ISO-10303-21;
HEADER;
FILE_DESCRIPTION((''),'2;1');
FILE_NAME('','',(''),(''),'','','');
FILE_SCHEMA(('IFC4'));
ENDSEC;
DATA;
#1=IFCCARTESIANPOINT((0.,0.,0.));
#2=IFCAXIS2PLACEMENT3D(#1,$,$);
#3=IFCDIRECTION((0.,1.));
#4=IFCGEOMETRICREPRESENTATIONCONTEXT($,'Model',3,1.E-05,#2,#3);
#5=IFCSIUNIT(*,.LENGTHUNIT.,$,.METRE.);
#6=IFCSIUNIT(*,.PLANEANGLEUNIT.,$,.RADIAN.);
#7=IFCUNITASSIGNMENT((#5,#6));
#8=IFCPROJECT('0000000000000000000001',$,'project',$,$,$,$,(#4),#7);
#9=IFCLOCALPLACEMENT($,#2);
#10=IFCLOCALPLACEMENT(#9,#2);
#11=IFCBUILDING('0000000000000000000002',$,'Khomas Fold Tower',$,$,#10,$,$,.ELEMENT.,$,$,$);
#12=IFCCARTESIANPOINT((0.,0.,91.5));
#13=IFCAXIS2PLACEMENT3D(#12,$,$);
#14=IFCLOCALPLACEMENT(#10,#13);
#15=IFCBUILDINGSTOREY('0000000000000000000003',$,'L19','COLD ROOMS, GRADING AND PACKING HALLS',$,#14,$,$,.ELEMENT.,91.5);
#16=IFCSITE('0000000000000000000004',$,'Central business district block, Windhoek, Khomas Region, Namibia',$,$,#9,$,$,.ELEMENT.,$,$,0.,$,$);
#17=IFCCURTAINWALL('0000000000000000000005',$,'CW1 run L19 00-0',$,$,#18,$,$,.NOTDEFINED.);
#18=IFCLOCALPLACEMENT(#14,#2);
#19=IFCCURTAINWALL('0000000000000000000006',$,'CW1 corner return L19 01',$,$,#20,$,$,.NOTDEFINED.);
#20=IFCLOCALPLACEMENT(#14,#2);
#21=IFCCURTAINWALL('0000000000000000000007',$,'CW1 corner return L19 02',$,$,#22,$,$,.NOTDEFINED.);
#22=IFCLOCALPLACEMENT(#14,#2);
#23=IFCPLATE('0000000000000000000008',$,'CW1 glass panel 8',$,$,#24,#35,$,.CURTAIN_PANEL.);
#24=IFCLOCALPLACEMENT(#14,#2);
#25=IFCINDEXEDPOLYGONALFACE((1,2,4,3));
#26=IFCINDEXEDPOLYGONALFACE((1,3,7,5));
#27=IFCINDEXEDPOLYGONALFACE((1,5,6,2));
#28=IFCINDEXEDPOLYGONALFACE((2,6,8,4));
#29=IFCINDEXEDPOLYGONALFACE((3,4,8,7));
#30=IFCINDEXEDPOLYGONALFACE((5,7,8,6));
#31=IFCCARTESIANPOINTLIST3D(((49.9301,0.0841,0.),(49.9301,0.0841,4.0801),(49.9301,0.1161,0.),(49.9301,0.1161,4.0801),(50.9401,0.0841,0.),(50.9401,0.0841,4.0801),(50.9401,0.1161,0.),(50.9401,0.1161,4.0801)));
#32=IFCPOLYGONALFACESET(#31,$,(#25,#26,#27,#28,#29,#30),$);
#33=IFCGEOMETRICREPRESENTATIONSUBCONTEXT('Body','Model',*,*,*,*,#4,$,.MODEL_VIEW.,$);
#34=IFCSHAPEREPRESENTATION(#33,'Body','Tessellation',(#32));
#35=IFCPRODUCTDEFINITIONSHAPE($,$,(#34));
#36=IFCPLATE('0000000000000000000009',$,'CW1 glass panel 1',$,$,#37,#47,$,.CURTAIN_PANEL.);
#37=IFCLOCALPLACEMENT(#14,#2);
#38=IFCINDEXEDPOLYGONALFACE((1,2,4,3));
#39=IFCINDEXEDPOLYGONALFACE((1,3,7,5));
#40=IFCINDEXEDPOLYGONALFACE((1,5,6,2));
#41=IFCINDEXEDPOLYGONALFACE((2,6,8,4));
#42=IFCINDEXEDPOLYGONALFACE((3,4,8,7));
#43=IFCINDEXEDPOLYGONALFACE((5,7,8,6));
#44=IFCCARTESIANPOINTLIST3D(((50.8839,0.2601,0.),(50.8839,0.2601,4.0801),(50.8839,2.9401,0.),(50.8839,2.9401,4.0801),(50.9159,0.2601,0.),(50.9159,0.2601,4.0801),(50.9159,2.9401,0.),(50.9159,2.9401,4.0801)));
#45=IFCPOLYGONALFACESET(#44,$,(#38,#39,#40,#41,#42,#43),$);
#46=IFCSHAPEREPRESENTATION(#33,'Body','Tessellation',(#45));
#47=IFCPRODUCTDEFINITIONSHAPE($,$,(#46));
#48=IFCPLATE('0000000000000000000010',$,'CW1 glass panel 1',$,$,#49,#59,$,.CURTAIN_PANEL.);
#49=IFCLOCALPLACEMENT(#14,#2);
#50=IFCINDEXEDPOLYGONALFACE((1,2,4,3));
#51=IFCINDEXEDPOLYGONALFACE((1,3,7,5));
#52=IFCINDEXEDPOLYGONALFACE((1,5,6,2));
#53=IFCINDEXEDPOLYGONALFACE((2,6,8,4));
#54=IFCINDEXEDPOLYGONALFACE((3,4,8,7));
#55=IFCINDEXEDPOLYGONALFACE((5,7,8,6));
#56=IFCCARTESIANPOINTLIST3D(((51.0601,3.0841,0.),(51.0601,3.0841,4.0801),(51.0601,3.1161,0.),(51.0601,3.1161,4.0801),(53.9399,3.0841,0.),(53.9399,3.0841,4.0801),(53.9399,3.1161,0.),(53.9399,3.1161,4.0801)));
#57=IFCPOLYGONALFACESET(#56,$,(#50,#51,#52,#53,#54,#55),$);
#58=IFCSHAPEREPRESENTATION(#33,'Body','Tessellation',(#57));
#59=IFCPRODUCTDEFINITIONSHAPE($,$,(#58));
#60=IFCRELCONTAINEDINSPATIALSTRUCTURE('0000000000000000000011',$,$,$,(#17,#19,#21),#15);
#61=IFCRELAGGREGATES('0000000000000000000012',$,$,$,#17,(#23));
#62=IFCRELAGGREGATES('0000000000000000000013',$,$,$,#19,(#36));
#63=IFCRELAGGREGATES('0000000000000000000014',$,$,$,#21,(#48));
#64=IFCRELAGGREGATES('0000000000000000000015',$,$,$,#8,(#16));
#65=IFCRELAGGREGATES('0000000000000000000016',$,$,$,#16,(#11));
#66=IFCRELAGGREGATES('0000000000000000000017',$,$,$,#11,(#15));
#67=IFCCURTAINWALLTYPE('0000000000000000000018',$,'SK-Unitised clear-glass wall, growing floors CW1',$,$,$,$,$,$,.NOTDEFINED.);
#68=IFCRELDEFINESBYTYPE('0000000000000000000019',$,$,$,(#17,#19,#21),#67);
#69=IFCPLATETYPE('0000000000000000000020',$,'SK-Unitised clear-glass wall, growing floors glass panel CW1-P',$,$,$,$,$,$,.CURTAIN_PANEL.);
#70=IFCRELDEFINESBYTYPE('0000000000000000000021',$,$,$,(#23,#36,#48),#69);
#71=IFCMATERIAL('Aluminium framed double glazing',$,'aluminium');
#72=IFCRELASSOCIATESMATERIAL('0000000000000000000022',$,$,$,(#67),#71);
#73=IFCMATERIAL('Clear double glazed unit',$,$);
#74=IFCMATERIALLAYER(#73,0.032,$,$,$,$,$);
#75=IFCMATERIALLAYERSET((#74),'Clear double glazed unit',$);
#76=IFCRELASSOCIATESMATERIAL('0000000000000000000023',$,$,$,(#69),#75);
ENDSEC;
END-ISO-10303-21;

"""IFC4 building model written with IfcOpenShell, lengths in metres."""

from ifc_helpers import new_model, si_unit, direction, frame, origin, origin_2d, place, context, subcontext, project, spatial, rectangle, extrude, source, transform, mapped, material, layer, layer_set, type_object, element, aggregate, save


model = new_model("IFC4")

# Units and contexts
model_context = context("Model", 3, precision=1e-05, world=origin(), true_north=direction((0.0, 1.0)))
body_context = subcontext(model_context, "Body", "Model", "MODEL_VIEW")
ifc_project = project(units=[si_unit("LENGTHUNIT", "METRE"), si_unit("PLANEANGLEUNIT", "RADIAN")], contexts=[model_context])

# Site, building, storey
site_placement = place(None, origin())
site = spatial("IfcSite", under=ifc_project, at=site_placement, Name="Central business district block, Windhoek, Khomas Region, Namibia", CompositionType="ELEMENT", RefElevation=0.0)
building_placement = place(site_placement, origin())
building = spatial("IfcBuilding", under=site, at=building_placement, Name="Khomas Fold Tower", CompositionType="ELEMENT")
storey_placement = place(building_placement, frame((0.0, 0.0, 91.5)))
storey = spatial("IfcBuildingStorey", under=building, at=storey_placement, Name="L19", Description="COLD ROOMS, GRADING AND PACKING HALLS", CompositionType="ELEMENT", Elevation=91.5)

# Shared definitions
ifc_material_1 = material(Name="Aluminium framed double glazing", Category="aluminium")
curtain_wall_type = type_object("IfcCurtainWallType", Name="SK-Unitised clear-glass wall, growing floors CW1", PredefinedType="NOTDEFINED", material=ifc_material_1)

# Curtain wall
curtain_wall_1_placement = place(storey_placement, origin())
curtain_wall_1 = element("IfcCurtainWall", 1, at=curtain_wall_1_placement, inside=storey, type_object=curtain_wall_type, Name="CW1 run L19 00-0", PredefinedType="NOTDEFINED")

# Curtain walls
curtain_wall_2_placement = place(storey_placement, origin())
curtain_wall_2 = element("IfcCurtainWall", 2, at=curtain_wall_2_placement, inside=storey, type_object=curtain_wall_type, Name="CW1 corner return L19 01", PredefinedType="NOTDEFINED")
curtain_wall_3_placement = place(storey_placement, origin())
curtain_wall_3 = element("IfcCurtainWall", 3, at=curtain_wall_3_placement, inside=storey, type_object=curtain_wall_type, Name="CW1 corner return L19 02", PredefinedType="NOTDEFINED")

# Plates
ifc_material_2 = material(Name="Clear double glazed unit")
ifc_layer = layer(ifc_material_2, 0.032)
ifc_layer_set = layer_set([ifc_layer], Name="Clear double glazed unit")
plate_type = type_object("IfcPlateType", Name="SK-Unitised clear-glass wall, growing floors glass panel CW1-P", PredefinedType="CURTAIN_PANEL", material=ifc_layer_set)
shared_shape_1 = source(origin(), body_context, "Body", "SweptSolid", [
    extrude(rectangle(XDim=1.01, YDim=0.032, at=origin_2d()), origin(), (0.0, 0.0, 1.0), 4.0801),
])
plate_1_placement = place(storey_placement, frame((50.4351, 0.1001, 0.0), z_axis=(0.0, 0.0, 1.0), x_axis=(1.0, 0.0, 0.0)))
plate_1 = element("IfcPlate", 4, at=plate_1_placement, type_object=plate_type, Name="CW1 glass panel 8", PredefinedType="CURTAIN_PANEL", context=body_context, shape_type="MappedRepresentation", body=[
    mapped(shared_shape_1, transform((0.0, 0.0, 0.0))),
])
aggregate(curtain_wall_1, [plate_1])
shared_shape_2 = source(origin(), body_context, "Body", "SweptSolid", [
    extrude(rectangle(XDim=2.6799, YDim=0.032, at=origin_2d()), origin(), (0.0, 0.0, 1.0), 4.0801),
])
plate_2_placement = place(storey_placement, frame((50.8999, 1.6001, 0.0), z_axis=(0.0, 0.0, 1.0), x_axis=(0.0, 1.0, 0.0)))
plate_2 = element("IfcPlate", 5, at=plate_2_placement, type_object=plate_type, Name="CW1 glass panel 1", PredefinedType="CURTAIN_PANEL", context=body_context, shape_type="MappedRepresentation", body=[
    mapped(shared_shape_2, transform((0.0, 0.0, 0.0))),
])
aggregate(curtain_wall_2, [plate_2])
shared_shape_3 = source(origin(), body_context, "Body", "SweptSolid", [
    extrude(rectangle(XDim=2.8799, YDim=0.032, at=origin_2d()), origin(), (0.0, 0.0, 1.0), 4.0801),
])
plate_3_placement = place(storey_placement, frame((52.5, 3.1001, 0.0), z_axis=(0.0, 0.0, 1.0), x_axis=(1.0, 0.0, 0.0)))
plate_3 = element("IfcPlate", 6, at=plate_3_placement, type_object=plate_type, Name="CW1 glass panel 1", PredefinedType="CURTAIN_PANEL", context=body_context, shape_type="MappedRepresentation", body=[
    mapped(shared_shape_3, transform((0.0, 0.0, 0.0))),
])
aggregate(curtain_wall_3, [plate_3])

save(model, "model.ifc")
